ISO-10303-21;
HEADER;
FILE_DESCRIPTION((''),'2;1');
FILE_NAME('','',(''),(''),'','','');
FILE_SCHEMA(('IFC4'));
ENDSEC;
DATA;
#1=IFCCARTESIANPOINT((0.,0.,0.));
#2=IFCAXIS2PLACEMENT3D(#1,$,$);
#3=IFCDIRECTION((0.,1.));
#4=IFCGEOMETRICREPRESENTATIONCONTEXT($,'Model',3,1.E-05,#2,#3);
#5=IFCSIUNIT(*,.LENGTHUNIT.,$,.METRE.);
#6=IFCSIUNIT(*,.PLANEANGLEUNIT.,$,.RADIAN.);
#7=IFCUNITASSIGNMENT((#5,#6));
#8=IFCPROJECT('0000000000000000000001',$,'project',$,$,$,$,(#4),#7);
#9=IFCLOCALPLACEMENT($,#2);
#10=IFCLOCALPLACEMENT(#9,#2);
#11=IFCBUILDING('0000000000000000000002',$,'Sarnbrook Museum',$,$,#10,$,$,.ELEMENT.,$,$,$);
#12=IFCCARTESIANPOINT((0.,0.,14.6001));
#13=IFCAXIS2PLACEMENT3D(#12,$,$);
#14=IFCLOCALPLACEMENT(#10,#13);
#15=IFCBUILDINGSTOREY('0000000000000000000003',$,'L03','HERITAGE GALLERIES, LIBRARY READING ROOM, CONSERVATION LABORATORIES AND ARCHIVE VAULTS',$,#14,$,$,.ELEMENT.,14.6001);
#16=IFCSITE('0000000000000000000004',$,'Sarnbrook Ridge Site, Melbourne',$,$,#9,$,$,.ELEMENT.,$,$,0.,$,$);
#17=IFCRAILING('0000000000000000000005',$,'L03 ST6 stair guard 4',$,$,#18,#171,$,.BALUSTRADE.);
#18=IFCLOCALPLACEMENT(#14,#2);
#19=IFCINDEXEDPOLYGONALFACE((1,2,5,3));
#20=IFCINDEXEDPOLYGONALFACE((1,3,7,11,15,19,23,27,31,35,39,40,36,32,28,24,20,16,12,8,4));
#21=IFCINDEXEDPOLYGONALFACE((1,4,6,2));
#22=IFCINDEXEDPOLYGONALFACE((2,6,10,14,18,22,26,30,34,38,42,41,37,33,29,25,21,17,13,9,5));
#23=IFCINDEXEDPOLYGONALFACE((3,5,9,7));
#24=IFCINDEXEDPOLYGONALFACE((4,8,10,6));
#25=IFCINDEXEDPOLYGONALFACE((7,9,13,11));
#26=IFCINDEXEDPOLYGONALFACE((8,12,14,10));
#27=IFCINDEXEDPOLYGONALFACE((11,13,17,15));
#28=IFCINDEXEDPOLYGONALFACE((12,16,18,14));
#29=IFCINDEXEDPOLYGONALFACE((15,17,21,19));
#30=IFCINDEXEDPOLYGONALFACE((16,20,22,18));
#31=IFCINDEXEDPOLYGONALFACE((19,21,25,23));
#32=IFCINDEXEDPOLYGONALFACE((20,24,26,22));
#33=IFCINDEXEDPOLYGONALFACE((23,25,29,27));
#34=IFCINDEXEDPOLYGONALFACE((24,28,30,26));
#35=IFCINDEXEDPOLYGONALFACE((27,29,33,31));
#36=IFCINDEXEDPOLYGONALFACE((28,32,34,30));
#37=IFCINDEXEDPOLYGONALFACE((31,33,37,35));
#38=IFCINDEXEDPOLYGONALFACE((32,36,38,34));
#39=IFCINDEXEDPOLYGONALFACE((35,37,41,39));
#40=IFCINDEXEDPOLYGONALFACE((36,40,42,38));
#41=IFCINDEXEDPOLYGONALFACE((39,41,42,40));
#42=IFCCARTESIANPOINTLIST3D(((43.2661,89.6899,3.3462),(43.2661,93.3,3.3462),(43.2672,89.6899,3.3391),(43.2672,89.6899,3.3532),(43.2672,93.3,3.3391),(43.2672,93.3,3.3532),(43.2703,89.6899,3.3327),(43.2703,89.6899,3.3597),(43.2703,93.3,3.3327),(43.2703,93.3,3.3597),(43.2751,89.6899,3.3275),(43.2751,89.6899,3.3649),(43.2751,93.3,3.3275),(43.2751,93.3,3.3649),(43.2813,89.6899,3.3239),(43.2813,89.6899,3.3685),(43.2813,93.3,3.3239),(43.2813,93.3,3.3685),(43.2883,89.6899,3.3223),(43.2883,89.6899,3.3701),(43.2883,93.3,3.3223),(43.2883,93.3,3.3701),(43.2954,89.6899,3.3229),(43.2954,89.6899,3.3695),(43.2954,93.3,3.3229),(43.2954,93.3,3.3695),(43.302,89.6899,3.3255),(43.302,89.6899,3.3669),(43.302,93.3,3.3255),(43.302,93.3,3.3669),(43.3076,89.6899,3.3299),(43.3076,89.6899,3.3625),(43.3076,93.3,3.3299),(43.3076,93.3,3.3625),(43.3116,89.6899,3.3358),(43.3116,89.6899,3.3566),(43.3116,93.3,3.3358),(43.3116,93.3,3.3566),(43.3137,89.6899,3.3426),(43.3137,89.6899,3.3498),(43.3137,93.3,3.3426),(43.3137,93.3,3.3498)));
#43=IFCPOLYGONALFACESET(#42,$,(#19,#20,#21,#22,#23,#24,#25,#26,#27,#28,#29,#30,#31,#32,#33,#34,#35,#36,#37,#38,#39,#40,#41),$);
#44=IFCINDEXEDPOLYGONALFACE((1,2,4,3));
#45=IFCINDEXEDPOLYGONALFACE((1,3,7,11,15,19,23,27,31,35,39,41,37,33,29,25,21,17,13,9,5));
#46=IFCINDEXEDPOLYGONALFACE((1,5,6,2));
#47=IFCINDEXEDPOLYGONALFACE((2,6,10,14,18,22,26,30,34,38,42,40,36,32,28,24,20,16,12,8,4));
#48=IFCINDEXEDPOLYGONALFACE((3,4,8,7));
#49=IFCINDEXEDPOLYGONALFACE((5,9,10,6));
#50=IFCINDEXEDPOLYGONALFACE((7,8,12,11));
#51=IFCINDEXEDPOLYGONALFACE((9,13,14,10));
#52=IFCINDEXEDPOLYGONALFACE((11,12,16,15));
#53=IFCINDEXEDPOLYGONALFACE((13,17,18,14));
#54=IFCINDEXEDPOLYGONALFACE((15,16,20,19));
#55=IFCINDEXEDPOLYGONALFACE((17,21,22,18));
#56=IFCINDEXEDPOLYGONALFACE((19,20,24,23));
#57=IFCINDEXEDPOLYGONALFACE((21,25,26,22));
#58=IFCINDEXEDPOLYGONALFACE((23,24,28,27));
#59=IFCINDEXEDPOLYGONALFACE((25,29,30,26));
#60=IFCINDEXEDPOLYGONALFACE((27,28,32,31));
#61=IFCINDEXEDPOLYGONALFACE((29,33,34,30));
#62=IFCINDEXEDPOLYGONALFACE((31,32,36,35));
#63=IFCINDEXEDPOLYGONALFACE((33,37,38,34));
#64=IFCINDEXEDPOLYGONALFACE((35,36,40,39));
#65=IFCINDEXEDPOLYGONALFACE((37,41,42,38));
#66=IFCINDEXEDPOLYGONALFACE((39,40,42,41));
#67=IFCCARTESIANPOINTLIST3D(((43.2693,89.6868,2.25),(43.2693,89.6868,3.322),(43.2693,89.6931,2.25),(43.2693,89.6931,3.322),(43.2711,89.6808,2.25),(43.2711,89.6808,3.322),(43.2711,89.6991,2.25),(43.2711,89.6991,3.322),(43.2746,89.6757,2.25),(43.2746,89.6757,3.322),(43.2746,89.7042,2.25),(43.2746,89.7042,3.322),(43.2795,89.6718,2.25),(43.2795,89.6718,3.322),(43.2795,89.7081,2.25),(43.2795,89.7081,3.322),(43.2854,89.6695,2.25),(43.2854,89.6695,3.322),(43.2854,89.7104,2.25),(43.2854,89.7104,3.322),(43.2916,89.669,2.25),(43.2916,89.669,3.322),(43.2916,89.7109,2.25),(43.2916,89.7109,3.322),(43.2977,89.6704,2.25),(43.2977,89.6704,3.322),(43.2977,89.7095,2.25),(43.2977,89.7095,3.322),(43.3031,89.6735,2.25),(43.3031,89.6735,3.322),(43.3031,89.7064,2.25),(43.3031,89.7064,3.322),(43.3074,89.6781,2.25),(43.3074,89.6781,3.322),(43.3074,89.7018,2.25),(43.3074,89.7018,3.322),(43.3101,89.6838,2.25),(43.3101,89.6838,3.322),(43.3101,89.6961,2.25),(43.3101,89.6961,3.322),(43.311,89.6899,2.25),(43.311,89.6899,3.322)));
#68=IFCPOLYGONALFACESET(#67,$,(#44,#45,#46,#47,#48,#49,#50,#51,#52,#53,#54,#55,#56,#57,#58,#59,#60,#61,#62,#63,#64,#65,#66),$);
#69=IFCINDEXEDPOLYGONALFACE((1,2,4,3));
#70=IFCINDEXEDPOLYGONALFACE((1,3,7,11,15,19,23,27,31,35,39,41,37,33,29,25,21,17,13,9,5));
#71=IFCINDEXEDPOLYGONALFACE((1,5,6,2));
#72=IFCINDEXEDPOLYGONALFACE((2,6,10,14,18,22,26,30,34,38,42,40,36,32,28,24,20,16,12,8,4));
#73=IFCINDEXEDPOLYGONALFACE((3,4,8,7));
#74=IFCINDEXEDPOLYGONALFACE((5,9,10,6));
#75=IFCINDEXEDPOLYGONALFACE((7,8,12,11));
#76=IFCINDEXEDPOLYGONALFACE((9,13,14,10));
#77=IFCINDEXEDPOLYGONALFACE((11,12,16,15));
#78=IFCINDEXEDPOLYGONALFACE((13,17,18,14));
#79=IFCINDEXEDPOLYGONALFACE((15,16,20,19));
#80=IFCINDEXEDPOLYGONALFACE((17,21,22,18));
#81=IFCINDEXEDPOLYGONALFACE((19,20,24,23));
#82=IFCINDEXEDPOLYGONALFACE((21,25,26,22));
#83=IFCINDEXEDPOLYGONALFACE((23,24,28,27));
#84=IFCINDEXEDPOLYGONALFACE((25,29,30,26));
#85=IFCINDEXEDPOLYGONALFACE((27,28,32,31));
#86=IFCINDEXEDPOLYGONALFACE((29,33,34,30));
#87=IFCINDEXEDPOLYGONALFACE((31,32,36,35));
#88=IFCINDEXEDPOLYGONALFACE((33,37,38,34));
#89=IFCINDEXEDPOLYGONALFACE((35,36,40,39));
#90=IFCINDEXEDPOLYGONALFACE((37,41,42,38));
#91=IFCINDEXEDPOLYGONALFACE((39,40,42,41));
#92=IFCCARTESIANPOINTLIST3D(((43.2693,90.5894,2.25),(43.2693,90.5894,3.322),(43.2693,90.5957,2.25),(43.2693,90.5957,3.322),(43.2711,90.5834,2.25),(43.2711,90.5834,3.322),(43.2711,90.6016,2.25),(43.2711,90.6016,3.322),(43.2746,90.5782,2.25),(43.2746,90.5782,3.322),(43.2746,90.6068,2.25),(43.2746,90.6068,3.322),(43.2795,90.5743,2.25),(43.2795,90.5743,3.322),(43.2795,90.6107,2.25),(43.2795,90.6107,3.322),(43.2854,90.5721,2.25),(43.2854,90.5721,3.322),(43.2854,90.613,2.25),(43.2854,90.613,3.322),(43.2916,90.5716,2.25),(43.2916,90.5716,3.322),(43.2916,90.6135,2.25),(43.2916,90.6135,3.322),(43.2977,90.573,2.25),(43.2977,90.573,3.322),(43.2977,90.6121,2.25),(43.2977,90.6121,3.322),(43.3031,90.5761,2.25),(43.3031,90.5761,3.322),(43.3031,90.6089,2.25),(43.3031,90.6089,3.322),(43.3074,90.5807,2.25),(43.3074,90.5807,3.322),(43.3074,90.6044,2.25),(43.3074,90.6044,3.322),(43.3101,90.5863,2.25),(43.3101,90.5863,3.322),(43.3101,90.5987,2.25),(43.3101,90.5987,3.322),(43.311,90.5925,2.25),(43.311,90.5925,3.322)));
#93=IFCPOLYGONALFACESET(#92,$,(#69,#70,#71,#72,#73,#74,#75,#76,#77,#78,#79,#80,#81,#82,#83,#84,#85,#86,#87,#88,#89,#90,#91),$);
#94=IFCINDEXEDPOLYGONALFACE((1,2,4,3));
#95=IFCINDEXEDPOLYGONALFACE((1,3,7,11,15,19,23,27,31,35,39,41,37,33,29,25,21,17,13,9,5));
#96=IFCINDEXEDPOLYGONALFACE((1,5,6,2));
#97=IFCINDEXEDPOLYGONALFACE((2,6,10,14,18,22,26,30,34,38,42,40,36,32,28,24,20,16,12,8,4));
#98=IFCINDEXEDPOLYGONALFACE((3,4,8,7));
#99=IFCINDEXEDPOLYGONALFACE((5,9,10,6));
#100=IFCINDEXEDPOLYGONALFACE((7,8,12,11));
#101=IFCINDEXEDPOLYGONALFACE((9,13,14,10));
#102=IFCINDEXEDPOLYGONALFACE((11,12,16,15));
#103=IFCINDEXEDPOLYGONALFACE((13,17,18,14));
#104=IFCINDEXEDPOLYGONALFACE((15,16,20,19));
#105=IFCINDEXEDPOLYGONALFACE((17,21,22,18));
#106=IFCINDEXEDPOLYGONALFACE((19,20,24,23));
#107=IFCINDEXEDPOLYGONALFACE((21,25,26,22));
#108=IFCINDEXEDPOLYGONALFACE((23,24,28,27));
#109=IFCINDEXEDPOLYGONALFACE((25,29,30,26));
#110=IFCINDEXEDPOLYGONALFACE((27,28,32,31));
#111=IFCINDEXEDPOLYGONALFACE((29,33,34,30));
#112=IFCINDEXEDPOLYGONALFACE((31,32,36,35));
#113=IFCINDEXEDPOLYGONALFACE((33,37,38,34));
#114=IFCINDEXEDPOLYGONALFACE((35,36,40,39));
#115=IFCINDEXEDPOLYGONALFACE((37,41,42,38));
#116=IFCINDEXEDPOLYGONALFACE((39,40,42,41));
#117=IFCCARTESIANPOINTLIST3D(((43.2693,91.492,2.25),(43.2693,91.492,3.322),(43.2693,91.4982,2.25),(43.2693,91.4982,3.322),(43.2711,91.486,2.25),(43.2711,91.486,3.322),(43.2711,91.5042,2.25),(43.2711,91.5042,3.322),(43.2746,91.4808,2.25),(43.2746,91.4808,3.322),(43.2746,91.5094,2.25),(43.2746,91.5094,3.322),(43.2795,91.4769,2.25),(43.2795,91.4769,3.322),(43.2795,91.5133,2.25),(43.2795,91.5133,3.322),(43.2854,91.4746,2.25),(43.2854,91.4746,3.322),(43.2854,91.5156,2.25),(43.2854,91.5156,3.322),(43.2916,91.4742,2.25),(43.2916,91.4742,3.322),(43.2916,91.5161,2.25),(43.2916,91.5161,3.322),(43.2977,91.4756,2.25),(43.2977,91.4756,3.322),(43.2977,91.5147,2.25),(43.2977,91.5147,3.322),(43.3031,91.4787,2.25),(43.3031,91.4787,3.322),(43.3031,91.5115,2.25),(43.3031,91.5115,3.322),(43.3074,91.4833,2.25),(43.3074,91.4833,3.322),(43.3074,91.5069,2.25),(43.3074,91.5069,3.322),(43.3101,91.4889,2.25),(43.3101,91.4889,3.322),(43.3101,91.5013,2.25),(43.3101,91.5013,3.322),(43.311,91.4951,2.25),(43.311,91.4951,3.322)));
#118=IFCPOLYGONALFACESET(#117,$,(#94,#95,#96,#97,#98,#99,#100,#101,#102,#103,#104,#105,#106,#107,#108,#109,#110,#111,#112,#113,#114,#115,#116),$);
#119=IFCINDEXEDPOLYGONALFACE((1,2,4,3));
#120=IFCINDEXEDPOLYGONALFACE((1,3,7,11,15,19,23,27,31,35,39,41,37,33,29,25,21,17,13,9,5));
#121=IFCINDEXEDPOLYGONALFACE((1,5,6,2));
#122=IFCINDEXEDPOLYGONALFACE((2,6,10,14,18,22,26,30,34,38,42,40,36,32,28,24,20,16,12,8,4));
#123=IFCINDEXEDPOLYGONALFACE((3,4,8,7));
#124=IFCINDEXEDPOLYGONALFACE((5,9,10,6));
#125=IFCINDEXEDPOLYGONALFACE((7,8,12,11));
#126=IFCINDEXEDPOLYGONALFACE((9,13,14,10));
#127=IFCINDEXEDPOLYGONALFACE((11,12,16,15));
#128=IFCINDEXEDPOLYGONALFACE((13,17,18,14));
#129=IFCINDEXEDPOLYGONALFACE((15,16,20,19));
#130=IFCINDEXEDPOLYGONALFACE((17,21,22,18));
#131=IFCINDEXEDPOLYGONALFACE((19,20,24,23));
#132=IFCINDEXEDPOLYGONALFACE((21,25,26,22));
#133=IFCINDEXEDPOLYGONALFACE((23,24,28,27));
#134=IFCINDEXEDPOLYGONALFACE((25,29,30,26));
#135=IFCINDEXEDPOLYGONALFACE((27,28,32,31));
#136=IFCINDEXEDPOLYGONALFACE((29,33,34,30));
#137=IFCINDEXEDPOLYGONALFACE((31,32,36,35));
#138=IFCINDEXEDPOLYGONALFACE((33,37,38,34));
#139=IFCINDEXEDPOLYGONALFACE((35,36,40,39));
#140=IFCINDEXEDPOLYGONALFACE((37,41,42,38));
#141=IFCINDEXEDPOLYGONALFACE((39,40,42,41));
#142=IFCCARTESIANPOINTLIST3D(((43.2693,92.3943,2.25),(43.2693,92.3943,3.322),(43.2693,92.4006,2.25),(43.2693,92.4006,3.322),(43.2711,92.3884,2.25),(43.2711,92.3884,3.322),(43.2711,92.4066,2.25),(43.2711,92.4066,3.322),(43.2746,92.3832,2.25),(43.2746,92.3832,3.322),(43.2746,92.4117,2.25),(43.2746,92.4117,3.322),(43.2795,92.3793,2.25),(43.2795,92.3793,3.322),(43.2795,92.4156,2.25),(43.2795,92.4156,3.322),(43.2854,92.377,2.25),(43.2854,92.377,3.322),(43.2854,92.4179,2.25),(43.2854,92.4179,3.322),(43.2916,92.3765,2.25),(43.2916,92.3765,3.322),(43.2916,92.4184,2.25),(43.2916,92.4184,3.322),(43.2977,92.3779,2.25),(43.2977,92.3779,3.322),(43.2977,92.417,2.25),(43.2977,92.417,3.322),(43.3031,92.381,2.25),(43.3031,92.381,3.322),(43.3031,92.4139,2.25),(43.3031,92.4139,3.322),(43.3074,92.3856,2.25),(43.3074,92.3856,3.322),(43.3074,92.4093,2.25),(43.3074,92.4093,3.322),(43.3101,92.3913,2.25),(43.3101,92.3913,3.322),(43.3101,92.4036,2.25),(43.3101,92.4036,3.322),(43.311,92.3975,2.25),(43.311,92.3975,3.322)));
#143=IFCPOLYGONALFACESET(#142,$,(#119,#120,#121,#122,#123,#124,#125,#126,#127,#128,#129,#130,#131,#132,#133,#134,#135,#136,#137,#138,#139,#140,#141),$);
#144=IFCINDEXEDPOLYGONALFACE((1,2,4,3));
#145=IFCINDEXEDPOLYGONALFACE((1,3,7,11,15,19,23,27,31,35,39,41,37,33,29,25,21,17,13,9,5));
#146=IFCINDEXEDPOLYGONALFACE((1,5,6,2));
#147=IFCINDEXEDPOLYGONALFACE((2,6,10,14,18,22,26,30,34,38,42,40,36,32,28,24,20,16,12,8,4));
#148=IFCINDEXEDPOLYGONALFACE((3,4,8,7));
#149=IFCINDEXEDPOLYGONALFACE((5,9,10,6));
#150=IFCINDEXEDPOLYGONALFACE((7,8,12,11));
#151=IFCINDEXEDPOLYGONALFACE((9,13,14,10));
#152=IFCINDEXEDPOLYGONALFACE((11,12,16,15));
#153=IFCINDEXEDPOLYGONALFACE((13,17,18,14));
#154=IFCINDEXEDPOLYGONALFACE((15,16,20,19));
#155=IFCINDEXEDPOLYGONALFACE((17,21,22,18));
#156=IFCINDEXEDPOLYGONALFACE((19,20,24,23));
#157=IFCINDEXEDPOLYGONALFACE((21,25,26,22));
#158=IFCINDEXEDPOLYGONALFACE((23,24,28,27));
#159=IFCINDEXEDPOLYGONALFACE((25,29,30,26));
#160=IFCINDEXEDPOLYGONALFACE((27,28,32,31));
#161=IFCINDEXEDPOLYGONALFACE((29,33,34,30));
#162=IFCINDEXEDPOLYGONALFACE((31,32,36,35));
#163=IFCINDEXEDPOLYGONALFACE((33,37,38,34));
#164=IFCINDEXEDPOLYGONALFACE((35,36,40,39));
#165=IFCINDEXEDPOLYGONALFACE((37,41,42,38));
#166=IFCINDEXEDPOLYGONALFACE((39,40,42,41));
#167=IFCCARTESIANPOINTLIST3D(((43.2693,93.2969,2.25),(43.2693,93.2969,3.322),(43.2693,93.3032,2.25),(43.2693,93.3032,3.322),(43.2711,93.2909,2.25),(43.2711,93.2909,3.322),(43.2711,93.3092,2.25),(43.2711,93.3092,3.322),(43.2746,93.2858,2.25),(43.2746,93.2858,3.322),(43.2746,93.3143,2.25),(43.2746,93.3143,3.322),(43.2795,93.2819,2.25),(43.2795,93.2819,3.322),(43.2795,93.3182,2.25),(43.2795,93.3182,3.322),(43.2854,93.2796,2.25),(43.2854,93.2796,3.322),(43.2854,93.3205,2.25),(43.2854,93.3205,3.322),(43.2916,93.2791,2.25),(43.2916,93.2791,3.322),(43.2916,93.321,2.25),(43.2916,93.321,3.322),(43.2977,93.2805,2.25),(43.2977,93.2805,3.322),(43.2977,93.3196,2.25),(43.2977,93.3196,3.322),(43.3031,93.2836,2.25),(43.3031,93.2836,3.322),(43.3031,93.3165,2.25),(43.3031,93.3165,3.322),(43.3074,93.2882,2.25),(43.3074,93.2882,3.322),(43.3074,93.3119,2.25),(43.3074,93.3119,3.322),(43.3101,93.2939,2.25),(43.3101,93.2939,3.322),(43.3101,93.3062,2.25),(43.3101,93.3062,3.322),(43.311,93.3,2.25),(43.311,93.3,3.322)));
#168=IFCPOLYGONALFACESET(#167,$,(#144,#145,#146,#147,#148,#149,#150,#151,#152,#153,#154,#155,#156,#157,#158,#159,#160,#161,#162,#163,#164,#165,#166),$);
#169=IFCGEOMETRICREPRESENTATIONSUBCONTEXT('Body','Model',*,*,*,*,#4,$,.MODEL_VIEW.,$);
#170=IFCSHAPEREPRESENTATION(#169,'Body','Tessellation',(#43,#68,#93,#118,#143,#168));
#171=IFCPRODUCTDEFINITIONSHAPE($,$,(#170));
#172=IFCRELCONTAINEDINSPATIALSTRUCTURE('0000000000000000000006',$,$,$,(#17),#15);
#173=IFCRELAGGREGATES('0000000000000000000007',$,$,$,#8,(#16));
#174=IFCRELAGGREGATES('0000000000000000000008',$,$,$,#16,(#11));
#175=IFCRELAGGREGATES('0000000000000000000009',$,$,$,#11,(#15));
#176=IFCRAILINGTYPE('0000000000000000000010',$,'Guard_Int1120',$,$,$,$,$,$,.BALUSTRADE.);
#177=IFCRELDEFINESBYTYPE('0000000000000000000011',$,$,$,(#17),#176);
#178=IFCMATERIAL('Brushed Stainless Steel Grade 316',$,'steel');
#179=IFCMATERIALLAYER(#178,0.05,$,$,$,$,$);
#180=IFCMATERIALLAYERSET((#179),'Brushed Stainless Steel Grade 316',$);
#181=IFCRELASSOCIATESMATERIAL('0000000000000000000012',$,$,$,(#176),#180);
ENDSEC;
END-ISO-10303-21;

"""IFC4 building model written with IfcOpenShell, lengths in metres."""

from ifc_helpers import new_model, si_unit, direction, frame, origin, origin_2d, place, context, subcontext, project, spatial, circle, extrude, material, layer, layer_set, type_object, element, save


model = new_model("IFC4")

# Units and contexts
model_context = context("Model", 3, precision=1e-05, world=origin(), true_north=direction((0.0, 1.0)))
body_context = subcontext(model_context, "Body", "Model", "MODEL_VIEW")
ifc_project = project(units=[si_unit("LENGTHUNIT", "METRE"), si_unit("PLANEANGLEUNIT", "RADIAN")], contexts=[model_context])

# Site, building, storey
site_placement = place(None, origin())
site = spatial("IfcSite", under=ifc_project, at=site_placement, Name="Sarnbrook Ridge Site, Melbourne", CompositionType="ELEMENT", RefElevation=0.0)
building_placement = place(site_placement, origin())
building = spatial("IfcBuilding", under=site, at=building_placement, Name="Sarnbrook Museum", CompositionType="ELEMENT")
storey_placement = place(building_placement, frame((0.0, 0.0, 14.6001)))
storey = spatial("IfcBuildingStorey", under=building, at=storey_placement, Name="L03", Description="HERITAGE GALLERIES, LIBRARY READING ROOM, CONSERVATION LABORATORIES AND ARCHIVE VAULTS", CompositionType="ELEMENT", Elevation=14.6001)

# Shared definitions
ifc_material_1 = material(Name="Brushed Stainless Steel Grade 316", Category="steel")

# Railing
ifc_layer_1 = layer(ifc_material_1, 0.05)
ifc_layer_set_1 = layer_set([ifc_layer_1], Name="Brushed Stainless Steel Grade 316")
railing_type_1 = type_object("IfcRailingType", Name="Guard_Int1120", PredefinedType="BALUSTRADE", material=ifc_layer_set_1)
railing_1_placement = place(storey_placement, frame((43.29, 89.6899, 2.25)))
element("IfcRailing", 1, at=railing_1_placement, inside=storey, type_object=railing_type_1, Name="L03 ST6 stair guard 4", PredefinedType="BALUSTRADE", context=body_context, shape_type="SweptSolid", body=[
    extrude(circle(Radius=0.0239, at=origin_2d()), frame((0.0, 0.0, 1.0962), z_axis=(0.0, 1.0, 0.0), x_axis=(-1.0, 0.0, 0.0)), (0.0, 0.0, 1.0), 3.6101),
    extrude(circle(Radius=0.021, at=origin_2d()), origin(), (0.0, 0.0, 1.0), 1.072),
    extrude(circle(Radius=0.021, at=origin_2d()), frame((0.0, 0.9026, 0.0)), (0.0, 0.0, 1.0), 1.072),
    extrude(circle(Radius=0.021, at=origin_2d()), frame((0.0, 1.8052, 0.0)), (0.0, 0.0, 1.0), 1.072),
    extrude(circle(Radius=0.021, at=origin_2d()), frame((0.0, 2.7075, 0.0)), (0.0, 0.0, 1.0), 1.072),
    extrude(circle(Radius=0.021, at=origin_2d()), frame((0.0, 3.6101, 0.0)), (0.0, 0.0, 1.0), 1.072),
])

save(model, "model.ifc")
